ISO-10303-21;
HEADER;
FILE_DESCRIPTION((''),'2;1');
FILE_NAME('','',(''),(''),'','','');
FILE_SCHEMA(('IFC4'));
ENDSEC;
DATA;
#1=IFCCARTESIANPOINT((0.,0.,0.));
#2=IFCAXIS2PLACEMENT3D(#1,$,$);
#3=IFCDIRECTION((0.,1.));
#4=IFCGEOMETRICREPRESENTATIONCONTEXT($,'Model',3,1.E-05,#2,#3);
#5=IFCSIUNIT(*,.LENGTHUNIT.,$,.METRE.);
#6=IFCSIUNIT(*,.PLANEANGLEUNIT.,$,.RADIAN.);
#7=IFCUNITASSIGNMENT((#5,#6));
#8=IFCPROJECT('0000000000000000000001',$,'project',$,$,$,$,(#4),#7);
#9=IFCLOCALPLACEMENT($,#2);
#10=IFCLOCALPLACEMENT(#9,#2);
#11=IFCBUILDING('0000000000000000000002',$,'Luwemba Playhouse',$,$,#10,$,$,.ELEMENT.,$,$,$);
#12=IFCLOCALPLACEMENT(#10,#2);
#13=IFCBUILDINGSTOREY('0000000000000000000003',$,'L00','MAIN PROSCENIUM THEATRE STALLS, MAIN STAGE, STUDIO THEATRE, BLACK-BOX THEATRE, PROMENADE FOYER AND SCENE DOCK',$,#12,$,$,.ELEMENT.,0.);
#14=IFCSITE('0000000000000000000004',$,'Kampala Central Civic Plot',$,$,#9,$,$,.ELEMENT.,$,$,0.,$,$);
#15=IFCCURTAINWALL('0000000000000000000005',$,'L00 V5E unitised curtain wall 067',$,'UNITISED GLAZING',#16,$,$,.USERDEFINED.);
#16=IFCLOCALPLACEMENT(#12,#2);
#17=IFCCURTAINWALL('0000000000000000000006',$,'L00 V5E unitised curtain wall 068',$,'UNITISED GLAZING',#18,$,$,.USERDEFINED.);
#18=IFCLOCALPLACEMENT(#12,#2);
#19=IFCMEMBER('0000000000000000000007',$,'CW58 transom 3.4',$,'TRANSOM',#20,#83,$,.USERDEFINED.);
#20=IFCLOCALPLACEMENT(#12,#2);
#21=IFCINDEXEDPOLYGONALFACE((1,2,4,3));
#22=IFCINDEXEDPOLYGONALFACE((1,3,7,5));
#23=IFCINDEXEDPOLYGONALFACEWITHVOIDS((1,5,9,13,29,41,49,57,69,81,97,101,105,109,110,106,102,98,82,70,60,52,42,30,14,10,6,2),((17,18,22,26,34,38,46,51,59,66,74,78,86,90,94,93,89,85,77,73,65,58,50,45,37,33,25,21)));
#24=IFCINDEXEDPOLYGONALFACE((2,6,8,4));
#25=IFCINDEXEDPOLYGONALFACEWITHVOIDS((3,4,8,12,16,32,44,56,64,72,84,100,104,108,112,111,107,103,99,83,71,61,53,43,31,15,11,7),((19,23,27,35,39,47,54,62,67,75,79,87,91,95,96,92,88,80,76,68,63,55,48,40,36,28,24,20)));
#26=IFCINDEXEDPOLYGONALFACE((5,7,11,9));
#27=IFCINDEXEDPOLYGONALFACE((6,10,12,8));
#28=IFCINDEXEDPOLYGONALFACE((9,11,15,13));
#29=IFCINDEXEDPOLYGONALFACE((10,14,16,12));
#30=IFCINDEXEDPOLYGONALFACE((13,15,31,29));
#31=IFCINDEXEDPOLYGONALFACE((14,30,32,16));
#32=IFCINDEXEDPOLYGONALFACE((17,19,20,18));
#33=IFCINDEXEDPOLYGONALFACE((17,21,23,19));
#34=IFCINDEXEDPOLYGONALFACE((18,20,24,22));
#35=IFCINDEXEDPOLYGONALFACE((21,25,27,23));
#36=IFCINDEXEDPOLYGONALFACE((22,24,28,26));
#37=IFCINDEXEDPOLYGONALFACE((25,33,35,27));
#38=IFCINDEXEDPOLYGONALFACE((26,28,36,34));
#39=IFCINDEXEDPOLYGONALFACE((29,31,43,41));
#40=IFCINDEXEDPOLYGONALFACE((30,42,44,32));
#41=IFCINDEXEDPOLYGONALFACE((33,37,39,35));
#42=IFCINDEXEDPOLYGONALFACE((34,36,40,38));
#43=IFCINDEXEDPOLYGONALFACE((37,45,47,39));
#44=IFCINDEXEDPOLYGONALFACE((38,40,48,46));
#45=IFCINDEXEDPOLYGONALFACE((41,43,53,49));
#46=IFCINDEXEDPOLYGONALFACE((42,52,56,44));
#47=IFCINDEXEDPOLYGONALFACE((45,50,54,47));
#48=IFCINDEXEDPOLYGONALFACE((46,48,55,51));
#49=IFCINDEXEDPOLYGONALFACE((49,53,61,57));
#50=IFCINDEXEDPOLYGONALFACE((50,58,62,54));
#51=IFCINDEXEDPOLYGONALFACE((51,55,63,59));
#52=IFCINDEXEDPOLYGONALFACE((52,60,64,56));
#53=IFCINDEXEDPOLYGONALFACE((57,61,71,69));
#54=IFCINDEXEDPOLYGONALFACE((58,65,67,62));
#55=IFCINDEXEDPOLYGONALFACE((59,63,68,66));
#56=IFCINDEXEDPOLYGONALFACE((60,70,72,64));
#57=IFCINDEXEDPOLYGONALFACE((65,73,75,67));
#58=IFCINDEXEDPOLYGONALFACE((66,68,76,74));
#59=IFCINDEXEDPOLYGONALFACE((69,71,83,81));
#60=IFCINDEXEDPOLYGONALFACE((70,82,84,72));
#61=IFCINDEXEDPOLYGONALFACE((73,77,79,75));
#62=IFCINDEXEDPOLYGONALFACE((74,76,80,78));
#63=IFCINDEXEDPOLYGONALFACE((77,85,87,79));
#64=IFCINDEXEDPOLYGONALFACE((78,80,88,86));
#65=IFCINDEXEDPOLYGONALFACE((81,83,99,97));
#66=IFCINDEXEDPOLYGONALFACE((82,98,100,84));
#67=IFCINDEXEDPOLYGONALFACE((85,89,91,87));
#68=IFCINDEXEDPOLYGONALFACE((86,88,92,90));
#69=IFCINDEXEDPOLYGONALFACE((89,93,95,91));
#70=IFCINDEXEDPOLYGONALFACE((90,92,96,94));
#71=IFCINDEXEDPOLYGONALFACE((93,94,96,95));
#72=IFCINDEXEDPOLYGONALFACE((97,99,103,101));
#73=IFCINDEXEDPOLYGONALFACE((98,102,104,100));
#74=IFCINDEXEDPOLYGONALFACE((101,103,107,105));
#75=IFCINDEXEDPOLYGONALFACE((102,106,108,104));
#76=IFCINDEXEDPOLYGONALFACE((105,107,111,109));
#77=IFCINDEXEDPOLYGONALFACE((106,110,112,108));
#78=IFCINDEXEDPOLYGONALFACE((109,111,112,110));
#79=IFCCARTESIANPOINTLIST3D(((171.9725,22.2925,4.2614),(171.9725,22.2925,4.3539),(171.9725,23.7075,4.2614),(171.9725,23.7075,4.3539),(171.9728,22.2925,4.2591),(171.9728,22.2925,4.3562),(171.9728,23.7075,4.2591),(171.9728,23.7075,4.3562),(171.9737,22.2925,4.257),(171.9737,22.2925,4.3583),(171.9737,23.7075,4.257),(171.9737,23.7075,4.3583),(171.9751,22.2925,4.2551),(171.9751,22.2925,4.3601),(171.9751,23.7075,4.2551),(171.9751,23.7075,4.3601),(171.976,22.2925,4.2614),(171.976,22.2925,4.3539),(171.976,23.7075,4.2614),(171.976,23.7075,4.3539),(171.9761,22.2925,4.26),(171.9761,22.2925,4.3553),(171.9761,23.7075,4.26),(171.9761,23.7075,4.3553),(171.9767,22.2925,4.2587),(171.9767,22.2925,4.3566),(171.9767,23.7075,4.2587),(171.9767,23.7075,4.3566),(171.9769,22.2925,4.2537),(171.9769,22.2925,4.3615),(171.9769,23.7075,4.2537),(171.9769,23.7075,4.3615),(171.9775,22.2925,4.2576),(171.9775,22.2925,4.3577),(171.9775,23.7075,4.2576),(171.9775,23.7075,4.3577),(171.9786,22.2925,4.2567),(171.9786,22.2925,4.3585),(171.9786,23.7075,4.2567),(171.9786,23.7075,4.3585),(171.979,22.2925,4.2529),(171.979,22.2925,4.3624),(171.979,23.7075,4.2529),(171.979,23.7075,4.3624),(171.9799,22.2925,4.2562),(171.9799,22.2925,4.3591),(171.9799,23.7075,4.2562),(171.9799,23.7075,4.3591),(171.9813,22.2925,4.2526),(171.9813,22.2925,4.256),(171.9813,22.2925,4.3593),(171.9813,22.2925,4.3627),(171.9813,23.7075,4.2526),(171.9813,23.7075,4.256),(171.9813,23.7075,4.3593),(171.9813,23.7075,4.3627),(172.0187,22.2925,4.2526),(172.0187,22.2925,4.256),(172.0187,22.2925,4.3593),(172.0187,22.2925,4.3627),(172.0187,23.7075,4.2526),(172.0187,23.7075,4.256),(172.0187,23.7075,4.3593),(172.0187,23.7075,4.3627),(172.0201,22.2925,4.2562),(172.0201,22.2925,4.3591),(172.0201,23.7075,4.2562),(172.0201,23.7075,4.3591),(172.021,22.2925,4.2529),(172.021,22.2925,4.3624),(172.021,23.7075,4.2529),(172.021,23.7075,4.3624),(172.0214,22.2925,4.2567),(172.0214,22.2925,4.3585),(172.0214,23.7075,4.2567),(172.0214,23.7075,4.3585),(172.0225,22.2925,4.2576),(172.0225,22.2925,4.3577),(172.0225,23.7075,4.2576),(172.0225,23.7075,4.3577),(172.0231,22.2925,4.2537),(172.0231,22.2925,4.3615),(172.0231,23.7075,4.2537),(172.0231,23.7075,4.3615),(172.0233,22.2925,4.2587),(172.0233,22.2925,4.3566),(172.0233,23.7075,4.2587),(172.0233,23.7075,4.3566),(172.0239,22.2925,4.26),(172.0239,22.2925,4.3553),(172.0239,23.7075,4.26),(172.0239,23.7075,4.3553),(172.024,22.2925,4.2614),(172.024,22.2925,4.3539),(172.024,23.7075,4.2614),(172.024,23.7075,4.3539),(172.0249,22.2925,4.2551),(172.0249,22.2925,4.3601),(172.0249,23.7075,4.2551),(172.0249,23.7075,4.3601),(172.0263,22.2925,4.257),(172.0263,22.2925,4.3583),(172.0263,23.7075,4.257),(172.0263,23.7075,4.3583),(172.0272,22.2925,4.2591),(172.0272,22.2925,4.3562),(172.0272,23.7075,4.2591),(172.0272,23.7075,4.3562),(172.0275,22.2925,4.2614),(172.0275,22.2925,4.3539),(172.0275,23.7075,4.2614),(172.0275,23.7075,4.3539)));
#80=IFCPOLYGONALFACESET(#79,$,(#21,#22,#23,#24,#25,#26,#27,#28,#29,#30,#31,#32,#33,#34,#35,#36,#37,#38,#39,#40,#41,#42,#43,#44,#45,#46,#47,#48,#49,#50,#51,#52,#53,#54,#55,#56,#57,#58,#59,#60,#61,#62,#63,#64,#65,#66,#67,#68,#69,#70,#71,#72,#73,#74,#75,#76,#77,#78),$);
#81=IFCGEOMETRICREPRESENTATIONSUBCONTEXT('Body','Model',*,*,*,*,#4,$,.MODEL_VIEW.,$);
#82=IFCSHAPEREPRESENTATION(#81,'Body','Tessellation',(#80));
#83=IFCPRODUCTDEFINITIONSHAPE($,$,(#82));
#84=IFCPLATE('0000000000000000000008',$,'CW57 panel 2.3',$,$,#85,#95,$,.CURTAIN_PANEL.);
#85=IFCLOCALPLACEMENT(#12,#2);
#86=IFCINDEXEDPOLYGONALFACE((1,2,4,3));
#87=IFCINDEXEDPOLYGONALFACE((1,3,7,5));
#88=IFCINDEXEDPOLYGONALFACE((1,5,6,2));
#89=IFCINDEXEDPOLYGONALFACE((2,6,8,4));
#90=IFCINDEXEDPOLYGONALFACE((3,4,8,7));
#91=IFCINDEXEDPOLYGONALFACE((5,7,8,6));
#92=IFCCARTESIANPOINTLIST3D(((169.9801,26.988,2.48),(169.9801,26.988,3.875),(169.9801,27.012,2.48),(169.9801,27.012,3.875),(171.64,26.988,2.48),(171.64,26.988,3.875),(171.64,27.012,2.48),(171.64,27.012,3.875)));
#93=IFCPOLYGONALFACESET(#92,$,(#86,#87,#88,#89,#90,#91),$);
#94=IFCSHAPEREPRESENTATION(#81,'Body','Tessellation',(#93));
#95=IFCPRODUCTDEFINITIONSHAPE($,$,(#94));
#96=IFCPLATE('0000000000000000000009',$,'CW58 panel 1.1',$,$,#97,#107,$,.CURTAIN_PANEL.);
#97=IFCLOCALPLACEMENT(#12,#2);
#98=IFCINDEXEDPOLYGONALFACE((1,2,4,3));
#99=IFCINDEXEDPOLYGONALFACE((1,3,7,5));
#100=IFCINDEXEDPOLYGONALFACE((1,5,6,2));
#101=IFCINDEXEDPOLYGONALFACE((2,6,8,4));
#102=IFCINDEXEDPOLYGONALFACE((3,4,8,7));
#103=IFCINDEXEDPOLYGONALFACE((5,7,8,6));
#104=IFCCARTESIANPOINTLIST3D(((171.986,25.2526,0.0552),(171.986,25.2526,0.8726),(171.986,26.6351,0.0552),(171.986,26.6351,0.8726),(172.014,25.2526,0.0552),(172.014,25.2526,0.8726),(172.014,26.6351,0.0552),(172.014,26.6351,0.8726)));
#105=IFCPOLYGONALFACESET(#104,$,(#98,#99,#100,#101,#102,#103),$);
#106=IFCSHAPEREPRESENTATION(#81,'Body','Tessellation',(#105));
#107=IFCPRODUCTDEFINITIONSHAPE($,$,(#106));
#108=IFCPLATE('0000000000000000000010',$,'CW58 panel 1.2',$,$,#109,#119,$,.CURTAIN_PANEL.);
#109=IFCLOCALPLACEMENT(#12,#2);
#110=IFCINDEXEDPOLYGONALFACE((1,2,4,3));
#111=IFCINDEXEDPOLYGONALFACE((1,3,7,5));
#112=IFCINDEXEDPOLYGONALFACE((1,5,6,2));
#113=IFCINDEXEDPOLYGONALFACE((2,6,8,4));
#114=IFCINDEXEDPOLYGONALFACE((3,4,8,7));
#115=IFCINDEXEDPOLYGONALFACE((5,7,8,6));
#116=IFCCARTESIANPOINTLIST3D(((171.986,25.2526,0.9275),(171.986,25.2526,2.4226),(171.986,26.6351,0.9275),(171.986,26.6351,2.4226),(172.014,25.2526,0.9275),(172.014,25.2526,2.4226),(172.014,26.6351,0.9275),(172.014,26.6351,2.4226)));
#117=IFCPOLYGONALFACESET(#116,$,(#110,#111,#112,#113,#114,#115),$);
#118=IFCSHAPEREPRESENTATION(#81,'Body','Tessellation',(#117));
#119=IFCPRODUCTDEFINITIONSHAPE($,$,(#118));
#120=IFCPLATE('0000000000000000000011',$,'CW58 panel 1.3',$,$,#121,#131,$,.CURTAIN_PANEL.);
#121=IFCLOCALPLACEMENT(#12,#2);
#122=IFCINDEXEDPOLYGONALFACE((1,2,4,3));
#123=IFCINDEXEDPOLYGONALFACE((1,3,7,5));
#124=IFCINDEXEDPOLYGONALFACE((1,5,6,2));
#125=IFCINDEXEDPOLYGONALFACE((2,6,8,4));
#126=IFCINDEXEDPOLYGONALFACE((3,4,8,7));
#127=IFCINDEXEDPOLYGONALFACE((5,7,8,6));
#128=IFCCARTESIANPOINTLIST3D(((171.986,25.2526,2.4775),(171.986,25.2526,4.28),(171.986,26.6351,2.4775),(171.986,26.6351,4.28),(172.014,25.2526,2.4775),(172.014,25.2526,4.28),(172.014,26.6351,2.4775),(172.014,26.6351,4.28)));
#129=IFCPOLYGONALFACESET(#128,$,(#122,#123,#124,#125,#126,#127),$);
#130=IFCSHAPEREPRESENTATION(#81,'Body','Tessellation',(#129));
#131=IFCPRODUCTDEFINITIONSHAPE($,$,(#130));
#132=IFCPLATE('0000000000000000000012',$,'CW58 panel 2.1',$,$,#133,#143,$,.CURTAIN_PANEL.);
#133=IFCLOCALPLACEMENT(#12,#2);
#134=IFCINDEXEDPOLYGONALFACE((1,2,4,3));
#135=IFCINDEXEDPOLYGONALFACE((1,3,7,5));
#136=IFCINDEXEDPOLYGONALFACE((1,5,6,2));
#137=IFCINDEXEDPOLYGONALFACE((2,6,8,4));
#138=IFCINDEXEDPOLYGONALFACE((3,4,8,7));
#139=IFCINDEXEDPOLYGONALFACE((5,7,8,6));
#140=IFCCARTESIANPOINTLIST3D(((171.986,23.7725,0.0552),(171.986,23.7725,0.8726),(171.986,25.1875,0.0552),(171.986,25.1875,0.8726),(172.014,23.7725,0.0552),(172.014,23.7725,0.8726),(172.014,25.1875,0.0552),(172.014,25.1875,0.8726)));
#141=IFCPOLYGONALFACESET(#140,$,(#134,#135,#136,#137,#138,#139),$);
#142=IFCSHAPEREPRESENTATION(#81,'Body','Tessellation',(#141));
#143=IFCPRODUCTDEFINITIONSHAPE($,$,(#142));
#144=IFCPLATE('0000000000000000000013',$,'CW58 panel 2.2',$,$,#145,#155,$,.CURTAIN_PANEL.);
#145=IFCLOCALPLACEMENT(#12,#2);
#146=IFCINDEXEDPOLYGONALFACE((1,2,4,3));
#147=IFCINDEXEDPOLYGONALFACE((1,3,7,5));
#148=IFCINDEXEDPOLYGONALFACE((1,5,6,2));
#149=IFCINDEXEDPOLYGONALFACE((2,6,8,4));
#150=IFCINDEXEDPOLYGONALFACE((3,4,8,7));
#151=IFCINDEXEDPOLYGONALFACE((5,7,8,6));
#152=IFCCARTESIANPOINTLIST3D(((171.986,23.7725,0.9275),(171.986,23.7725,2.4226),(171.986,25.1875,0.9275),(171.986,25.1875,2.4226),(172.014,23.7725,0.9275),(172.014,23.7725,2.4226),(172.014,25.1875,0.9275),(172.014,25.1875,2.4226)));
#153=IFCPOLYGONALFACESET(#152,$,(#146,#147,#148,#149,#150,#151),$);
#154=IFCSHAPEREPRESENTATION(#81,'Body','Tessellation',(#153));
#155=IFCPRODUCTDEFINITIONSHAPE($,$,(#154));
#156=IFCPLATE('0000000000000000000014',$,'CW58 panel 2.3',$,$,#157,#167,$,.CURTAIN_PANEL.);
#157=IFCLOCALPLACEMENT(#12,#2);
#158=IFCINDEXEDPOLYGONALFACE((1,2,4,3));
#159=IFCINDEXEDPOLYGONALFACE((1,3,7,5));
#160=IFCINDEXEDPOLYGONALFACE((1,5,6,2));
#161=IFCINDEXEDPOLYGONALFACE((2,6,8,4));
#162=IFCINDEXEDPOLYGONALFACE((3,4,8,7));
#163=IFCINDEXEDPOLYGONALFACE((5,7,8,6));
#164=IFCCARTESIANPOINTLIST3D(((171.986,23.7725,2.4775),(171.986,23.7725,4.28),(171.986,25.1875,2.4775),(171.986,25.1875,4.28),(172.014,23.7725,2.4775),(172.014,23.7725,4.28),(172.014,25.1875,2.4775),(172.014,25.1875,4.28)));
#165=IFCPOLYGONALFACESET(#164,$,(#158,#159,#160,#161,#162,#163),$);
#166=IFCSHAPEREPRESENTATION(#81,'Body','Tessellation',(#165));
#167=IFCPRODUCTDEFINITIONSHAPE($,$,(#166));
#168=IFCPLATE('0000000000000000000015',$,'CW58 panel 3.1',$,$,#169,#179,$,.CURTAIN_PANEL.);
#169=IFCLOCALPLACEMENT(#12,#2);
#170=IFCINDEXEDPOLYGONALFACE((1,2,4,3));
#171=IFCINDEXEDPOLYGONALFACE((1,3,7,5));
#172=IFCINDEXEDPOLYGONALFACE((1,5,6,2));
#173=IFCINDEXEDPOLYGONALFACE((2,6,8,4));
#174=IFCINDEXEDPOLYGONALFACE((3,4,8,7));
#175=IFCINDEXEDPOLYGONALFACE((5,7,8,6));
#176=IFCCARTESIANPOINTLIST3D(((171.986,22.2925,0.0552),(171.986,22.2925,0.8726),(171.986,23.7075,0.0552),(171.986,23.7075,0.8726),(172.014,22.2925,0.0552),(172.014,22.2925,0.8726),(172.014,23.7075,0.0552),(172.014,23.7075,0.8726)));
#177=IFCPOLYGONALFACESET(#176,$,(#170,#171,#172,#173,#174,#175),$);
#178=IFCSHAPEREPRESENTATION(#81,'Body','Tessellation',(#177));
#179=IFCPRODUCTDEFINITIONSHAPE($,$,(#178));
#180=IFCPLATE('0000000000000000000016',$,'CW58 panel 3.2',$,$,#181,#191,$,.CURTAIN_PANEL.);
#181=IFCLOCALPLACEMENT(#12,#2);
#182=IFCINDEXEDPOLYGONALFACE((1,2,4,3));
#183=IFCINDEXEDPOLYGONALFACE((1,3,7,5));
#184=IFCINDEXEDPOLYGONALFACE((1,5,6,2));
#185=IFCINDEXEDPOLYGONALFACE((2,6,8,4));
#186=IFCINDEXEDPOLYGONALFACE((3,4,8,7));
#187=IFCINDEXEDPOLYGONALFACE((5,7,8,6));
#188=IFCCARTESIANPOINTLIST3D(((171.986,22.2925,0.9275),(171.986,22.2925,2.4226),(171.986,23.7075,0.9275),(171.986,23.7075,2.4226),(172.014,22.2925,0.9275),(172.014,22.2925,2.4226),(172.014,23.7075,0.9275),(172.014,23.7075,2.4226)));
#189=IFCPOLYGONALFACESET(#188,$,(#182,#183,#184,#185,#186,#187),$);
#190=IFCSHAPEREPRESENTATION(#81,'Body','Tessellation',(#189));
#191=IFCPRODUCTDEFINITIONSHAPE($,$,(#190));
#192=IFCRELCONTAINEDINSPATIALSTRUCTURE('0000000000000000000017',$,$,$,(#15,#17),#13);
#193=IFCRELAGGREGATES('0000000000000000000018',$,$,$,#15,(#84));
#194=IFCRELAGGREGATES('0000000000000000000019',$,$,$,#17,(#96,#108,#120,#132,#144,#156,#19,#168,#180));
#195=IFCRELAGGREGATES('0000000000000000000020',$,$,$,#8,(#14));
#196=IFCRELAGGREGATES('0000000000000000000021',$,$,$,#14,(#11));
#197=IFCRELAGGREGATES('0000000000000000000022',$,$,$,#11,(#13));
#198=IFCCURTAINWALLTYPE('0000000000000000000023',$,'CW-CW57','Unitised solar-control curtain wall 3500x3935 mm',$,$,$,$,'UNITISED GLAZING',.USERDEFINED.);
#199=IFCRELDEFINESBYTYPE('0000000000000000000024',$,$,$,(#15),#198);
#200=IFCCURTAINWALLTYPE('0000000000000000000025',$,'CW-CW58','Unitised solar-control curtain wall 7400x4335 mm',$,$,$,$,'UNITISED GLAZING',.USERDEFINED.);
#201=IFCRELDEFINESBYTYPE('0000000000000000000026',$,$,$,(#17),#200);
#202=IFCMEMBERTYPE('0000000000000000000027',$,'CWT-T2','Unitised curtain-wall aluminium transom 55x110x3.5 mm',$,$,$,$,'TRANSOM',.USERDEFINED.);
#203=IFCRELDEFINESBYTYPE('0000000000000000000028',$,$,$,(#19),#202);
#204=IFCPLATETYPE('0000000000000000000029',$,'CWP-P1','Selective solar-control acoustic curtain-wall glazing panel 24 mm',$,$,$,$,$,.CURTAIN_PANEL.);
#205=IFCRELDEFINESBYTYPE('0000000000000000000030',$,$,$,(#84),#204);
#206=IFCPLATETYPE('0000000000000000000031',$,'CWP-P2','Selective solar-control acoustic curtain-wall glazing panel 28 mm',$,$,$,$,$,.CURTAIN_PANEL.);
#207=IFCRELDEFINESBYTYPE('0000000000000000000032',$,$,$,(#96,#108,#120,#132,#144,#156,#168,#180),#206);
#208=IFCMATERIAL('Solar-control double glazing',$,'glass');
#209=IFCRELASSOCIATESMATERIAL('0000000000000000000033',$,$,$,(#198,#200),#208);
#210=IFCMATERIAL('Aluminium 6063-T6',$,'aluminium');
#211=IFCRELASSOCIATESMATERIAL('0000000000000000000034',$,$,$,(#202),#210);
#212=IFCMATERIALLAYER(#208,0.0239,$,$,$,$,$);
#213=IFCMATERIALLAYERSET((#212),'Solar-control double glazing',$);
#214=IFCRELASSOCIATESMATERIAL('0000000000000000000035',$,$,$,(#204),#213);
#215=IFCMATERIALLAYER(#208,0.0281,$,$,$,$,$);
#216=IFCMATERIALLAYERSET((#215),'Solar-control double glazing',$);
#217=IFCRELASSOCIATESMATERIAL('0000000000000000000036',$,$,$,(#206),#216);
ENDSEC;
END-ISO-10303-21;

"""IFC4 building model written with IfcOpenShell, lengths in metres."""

from ifc_helpers import new_model, si_unit, direction, frame, origin, origin_2d, place, context, subcontext, project, spatial, rectangle, hollow_rectangle, extrude, material, layer, layer_set, material_profile, profile_set, type_object, element, aggregate, save


model = new_model("IFC4")

# Units and contexts
model_context = context("Model", 3, precision=1e-05, world=origin(), true_north=direction((0.0, 1.0)))
body_context = subcontext(model_context, "Body", "Model", "MODEL_VIEW")
ifc_project = project(units=[si_unit("LENGTHUNIT", "METRE"), si_unit("PLANEANGLEUNIT", "RADIAN")], contexts=[model_context])

# Site, building, storey
site_placement = place(None, origin())
site = spatial("IfcSite", under=ifc_project, at=site_placement, Name="Kampala Central Civic Plot", CompositionType="ELEMENT", RefElevation=0.0)
building_placement = place(site_placement, origin())
building = spatial("IfcBuilding", under=site, at=building_placement, Name="Luwemba Playhouse", CompositionType="ELEMENT")
storey_placement = place(building_placement, origin())
storey = spatial("IfcBuildingStorey", under=building, at=storey_placement, Name="L00", Description="MAIN PROSCENIUM THEATRE STALLS, MAIN STAGE, STUDIO THEATRE, BLACK-BOX THEATRE, PROMENADE FOYER AND SCENE DOCK", CompositionType="ELEMENT", Elevation=0.0)

# Curtain wall
ifc_material_1 = material(Name="Solar-control double glazing", Category="glass")
curtain_wall_type_1 = type_object("IfcCurtainWallType", Name="CW-CW57", Description="Unitised solar-control curtain wall 3500x3935 mm", ElementType="UNITISED GLAZING", PredefinedType="USERDEFINED", material=ifc_material_1)
curtain_wall_1_placement = place(storey_placement, origin())
curtain_wall_1 = element("IfcCurtainWall", 1, at=curtain_wall_1_placement, inside=storey, type_object=curtain_wall_type_1, Name="L00 V5E unitised curtain wall 067", ObjectType="UNITISED GLAZING", PredefinedType="USERDEFINED")
ifc_material_2 = material(Name="Aluminium 6063-T6", Category="aluminium")

# Curtain wall, member
curtain_wall_type_2 = type_object("IfcCurtainWallType", Name="CW-CW58", Description="Unitised solar-control curtain wall 7400x4335 mm", ElementType="UNITISED GLAZING", PredefinedType="USERDEFINED", material=ifc_material_1)
curtain_wall_2_placement = place(storey_placement, origin())
curtain_wall_2 = element("IfcCurtainWall", 2, at=curtain_wall_2_placement, inside=storey, type_object=curtain_wall_type_2, Name="L00 V5E unitised curtain wall 068", ObjectType="UNITISED GLAZING", PredefinedType="USERDEFINED")
ifc_material_profile_1 = material_profile(ifc_material_2, hollow_rectangle(XDim=0.0549, YDim=0.1101, WallThickness=0.0034, InnerFilletRadius=0.0054, OuterFilletRadius=0.0088, at=origin_2d()))
ifc_profile_set_1 = profile_set([ifc_material_profile_1], Name="Aluminium 6063-T6")
member_type_1 = type_object("IfcMemberType", Name="CWT-T2", Description="Unitised curtain-wall aluminium transom 55x110x3.5 mm", ElementType="TRANSOM", PredefinedType="USERDEFINED", material=ifc_profile_set_1)
member_1_placement = place(storey_placement, frame((172.0, 23.7075, 4.3076), z_axis=(0.0, -1.0, 0.0), x_axis=(1.0, 0.0, 0.0)))
member_1 = element("IfcMember", 3, at=member_1_placement, type_object=member_type_1, Name="CW58 transom 3.4", ObjectType="TRANSOM", PredefinedType="USERDEFINED", context=body_context, shape_type="SweptSolid", body=[
    extrude(hollow_rectangle(XDim=0.0549, YDim=0.1101, WallThickness=0.0034, InnerFilletRadius=0.0054, OuterFilletRadius=0.0088, at=origin_2d()), origin(), (0.0, 0.0, 1.0), 1.415),
])

# Plates
ifc_layer_1 = layer(ifc_material_1, 0.0239)
ifc_layer_set_1 = layer_set([ifc_layer_1], Name="Solar-control double glazing")
plate_type_1 = type_object("IfcPlateType", Name="CWP-P1", Description="Selective solar-control acoustic curtain-wall glazing panel 24 mm", PredefinedType="CURTAIN_PANEL", material=ifc_layer_set_1)
plate_1_placement = place(storey_placement, frame((170.8101, 27.0, 2.48), z_axis=(0.0, 0.0, 1.0), x_axis=(1.0, 0.0, 0.0)))
plate_1 = element("IfcPlate", 4, at=plate_1_placement, type_object=plate_type_1, Name="CW57 panel 2.3", PredefinedType="CURTAIN_PANEL", context=body_context, shape_type="SweptSolid", body=[
    extrude(rectangle(XDim=1.6599, YDim=0.0239, at=origin_2d()), origin(), (0.0, 0.0, 1.0), 1.395),
])
aggregate(curtain_wall_1, [plate_1])
ifc_layer_2 = layer(ifc_material_1, 0.0281)
ifc_layer_set_2 = layer_set([ifc_layer_2], Name="Solar-control double glazing")
plate_type_2 = type_object("IfcPlateType", Name="CWP-P2", Description="Selective solar-control acoustic curtain-wall glazing panel 28 mm", PredefinedType="CURTAIN_PANEL", material=ifc_layer_set_2)
plate_2_placement = place(storey_placement, frame((172.0, 25.9438, 0.0552), z_axis=(0.0, 0.0, 1.0), x_axis=(0.0, -1.0, 0.0)))
plate_2 = element("IfcPlate", 5, at=plate_2_placement, type_object=plate_type_2, Name="CW58 panel 1.1", PredefinedType="CURTAIN_PANEL", context=body_context, shape_type="SweptSolid", body=[
    extrude(rectangle(XDim=1.3826, YDim=0.0281, at=origin_2d()), origin(), (0.0, 0.0, 1.0), 0.8174),
])
plate_3_placement = place(storey_placement, frame((172.0, 25.9438, 0.9275), z_axis=(0.0, 0.0, 1.0), x_axis=(0.0, -1.0, 0.0)))
plate_3 = element("IfcPlate", 6, at=plate_3_placement, type_object=plate_type_2, Name="CW58 panel 1.2", PredefinedType="CURTAIN_PANEL", context=body_context, shape_type="SweptSolid", body=[
    extrude(rectangle(XDim=1.3826, YDim=0.0281, at=origin_2d()), origin(), (0.0, 0.0, 1.0), 1.4951),
])
plate_4_placement = place(storey_placement, frame((172.0, 25.9438, 2.4775), z_axis=(0.0, 0.0, 1.0), x_axis=(0.0, -1.0, 0.0)))
plate_4 = element("IfcPlate", 7, at=plate_4_placement, type_object=plate_type_2, Name="CW58 panel 1.3", PredefinedType="CURTAIN_PANEL", context=body_context, shape_type="SweptSolid", body=[
    extrude(rectangle(XDim=1.3826, YDim=0.0281, at=origin_2d()), origin(), (0.0, 0.0, 1.0), 1.8025),
])
plate_5_placement = place(storey_placement, frame((172.0, 24.48, 0.0552), z_axis=(0.0, 0.0, 1.0), x_axis=(0.0, -1.0, 0.0)))
plate_5 = element("IfcPlate", 8, at=plate_5_placement, type_object=plate_type_2, Name="CW58 panel 2.1", PredefinedType="CURTAIN_PANEL", context=body_context, shape_type="SweptSolid", body=[
    extrude(rectangle(XDim=1.415, YDim=0.0281, at=origin_2d()), origin(), (0.0, 0.0, 1.0), 0.8174),
])
plate_6_placement = place(storey_placement, frame((172.0, 24.48, 0.9275), z_axis=(0.0, 0.0, 1.0), x_axis=(0.0, -1.0, 0.0)))
plate_6 = element("IfcPlate", 9, at=plate_6_placement, type_object=plate_type_2, Name="CW58 panel 2.2", PredefinedType="CURTAIN_PANEL", context=body_context, shape_type="SweptSolid", body=[
    extrude(rectangle(XDim=1.415, YDim=0.0281, at=origin_2d()), origin(), (0.0, 0.0, 1.0), 1.4951),
])
plate_7_placement = place(storey_placement, frame((172.0, 24.48, 2.4775), z_axis=(0.0, 0.0, 1.0), x_axis=(0.0, -1.0, 0.0)))
plate_7 = element("IfcPlate", 10, at=plate_7_placement, type_object=plate_type_2, Name="CW58 panel 2.3", PredefinedType="CURTAIN_PANEL", context=body_context, shape_type="SweptSolid", body=[
    extrude(rectangle(XDim=1.415, YDim=0.0281, at=origin_2d()), origin(), (0.0, 0.0, 1.0), 1.8025),
])
plate_8_placement = place(storey_placement, frame((172.0, 23.0, 0.0552), z_axis=(0.0, 0.0, 1.0), x_axis=(0.0, -1.0, 0.0)))
plate_8 = element("IfcPlate", 11, at=plate_8_placement, type_object=plate_type_2, Name="CW58 panel 3.1", PredefinedType="CURTAIN_PANEL", context=body_context, shape_type="SweptSolid", body=[
    extrude(rectangle(XDim=1.415, YDim=0.0281, at=origin_2d()), origin(), (0.0, 0.0, 1.0), 0.8174),
])
plate_9_placement = place(storey_placement, frame((172.0, 23.0, 0.9275), z_axis=(0.0, 0.0, 1.0), x_axis=(0.0, -1.0, 0.0)))
plate_9 = element("IfcPlate", 12, at=plate_9_placement, type_object=plate_type_2, Name="CW58 panel 3.2", PredefinedType="CURTAIN_PANEL", context=body_context, shape_type="SweptSolid", body=[
    extrude(rectangle(XDim=1.415, YDim=0.0281, at=origin_2d()), origin(), (0.0, 0.0, 1.0), 1.4951),
])
aggregate(curtain_wall_2, [plate_2, plate_3, plate_4, plate_5, plate_6, plate_7, member_1, plate_8, plate_9])

save(model, "model.ifc")
